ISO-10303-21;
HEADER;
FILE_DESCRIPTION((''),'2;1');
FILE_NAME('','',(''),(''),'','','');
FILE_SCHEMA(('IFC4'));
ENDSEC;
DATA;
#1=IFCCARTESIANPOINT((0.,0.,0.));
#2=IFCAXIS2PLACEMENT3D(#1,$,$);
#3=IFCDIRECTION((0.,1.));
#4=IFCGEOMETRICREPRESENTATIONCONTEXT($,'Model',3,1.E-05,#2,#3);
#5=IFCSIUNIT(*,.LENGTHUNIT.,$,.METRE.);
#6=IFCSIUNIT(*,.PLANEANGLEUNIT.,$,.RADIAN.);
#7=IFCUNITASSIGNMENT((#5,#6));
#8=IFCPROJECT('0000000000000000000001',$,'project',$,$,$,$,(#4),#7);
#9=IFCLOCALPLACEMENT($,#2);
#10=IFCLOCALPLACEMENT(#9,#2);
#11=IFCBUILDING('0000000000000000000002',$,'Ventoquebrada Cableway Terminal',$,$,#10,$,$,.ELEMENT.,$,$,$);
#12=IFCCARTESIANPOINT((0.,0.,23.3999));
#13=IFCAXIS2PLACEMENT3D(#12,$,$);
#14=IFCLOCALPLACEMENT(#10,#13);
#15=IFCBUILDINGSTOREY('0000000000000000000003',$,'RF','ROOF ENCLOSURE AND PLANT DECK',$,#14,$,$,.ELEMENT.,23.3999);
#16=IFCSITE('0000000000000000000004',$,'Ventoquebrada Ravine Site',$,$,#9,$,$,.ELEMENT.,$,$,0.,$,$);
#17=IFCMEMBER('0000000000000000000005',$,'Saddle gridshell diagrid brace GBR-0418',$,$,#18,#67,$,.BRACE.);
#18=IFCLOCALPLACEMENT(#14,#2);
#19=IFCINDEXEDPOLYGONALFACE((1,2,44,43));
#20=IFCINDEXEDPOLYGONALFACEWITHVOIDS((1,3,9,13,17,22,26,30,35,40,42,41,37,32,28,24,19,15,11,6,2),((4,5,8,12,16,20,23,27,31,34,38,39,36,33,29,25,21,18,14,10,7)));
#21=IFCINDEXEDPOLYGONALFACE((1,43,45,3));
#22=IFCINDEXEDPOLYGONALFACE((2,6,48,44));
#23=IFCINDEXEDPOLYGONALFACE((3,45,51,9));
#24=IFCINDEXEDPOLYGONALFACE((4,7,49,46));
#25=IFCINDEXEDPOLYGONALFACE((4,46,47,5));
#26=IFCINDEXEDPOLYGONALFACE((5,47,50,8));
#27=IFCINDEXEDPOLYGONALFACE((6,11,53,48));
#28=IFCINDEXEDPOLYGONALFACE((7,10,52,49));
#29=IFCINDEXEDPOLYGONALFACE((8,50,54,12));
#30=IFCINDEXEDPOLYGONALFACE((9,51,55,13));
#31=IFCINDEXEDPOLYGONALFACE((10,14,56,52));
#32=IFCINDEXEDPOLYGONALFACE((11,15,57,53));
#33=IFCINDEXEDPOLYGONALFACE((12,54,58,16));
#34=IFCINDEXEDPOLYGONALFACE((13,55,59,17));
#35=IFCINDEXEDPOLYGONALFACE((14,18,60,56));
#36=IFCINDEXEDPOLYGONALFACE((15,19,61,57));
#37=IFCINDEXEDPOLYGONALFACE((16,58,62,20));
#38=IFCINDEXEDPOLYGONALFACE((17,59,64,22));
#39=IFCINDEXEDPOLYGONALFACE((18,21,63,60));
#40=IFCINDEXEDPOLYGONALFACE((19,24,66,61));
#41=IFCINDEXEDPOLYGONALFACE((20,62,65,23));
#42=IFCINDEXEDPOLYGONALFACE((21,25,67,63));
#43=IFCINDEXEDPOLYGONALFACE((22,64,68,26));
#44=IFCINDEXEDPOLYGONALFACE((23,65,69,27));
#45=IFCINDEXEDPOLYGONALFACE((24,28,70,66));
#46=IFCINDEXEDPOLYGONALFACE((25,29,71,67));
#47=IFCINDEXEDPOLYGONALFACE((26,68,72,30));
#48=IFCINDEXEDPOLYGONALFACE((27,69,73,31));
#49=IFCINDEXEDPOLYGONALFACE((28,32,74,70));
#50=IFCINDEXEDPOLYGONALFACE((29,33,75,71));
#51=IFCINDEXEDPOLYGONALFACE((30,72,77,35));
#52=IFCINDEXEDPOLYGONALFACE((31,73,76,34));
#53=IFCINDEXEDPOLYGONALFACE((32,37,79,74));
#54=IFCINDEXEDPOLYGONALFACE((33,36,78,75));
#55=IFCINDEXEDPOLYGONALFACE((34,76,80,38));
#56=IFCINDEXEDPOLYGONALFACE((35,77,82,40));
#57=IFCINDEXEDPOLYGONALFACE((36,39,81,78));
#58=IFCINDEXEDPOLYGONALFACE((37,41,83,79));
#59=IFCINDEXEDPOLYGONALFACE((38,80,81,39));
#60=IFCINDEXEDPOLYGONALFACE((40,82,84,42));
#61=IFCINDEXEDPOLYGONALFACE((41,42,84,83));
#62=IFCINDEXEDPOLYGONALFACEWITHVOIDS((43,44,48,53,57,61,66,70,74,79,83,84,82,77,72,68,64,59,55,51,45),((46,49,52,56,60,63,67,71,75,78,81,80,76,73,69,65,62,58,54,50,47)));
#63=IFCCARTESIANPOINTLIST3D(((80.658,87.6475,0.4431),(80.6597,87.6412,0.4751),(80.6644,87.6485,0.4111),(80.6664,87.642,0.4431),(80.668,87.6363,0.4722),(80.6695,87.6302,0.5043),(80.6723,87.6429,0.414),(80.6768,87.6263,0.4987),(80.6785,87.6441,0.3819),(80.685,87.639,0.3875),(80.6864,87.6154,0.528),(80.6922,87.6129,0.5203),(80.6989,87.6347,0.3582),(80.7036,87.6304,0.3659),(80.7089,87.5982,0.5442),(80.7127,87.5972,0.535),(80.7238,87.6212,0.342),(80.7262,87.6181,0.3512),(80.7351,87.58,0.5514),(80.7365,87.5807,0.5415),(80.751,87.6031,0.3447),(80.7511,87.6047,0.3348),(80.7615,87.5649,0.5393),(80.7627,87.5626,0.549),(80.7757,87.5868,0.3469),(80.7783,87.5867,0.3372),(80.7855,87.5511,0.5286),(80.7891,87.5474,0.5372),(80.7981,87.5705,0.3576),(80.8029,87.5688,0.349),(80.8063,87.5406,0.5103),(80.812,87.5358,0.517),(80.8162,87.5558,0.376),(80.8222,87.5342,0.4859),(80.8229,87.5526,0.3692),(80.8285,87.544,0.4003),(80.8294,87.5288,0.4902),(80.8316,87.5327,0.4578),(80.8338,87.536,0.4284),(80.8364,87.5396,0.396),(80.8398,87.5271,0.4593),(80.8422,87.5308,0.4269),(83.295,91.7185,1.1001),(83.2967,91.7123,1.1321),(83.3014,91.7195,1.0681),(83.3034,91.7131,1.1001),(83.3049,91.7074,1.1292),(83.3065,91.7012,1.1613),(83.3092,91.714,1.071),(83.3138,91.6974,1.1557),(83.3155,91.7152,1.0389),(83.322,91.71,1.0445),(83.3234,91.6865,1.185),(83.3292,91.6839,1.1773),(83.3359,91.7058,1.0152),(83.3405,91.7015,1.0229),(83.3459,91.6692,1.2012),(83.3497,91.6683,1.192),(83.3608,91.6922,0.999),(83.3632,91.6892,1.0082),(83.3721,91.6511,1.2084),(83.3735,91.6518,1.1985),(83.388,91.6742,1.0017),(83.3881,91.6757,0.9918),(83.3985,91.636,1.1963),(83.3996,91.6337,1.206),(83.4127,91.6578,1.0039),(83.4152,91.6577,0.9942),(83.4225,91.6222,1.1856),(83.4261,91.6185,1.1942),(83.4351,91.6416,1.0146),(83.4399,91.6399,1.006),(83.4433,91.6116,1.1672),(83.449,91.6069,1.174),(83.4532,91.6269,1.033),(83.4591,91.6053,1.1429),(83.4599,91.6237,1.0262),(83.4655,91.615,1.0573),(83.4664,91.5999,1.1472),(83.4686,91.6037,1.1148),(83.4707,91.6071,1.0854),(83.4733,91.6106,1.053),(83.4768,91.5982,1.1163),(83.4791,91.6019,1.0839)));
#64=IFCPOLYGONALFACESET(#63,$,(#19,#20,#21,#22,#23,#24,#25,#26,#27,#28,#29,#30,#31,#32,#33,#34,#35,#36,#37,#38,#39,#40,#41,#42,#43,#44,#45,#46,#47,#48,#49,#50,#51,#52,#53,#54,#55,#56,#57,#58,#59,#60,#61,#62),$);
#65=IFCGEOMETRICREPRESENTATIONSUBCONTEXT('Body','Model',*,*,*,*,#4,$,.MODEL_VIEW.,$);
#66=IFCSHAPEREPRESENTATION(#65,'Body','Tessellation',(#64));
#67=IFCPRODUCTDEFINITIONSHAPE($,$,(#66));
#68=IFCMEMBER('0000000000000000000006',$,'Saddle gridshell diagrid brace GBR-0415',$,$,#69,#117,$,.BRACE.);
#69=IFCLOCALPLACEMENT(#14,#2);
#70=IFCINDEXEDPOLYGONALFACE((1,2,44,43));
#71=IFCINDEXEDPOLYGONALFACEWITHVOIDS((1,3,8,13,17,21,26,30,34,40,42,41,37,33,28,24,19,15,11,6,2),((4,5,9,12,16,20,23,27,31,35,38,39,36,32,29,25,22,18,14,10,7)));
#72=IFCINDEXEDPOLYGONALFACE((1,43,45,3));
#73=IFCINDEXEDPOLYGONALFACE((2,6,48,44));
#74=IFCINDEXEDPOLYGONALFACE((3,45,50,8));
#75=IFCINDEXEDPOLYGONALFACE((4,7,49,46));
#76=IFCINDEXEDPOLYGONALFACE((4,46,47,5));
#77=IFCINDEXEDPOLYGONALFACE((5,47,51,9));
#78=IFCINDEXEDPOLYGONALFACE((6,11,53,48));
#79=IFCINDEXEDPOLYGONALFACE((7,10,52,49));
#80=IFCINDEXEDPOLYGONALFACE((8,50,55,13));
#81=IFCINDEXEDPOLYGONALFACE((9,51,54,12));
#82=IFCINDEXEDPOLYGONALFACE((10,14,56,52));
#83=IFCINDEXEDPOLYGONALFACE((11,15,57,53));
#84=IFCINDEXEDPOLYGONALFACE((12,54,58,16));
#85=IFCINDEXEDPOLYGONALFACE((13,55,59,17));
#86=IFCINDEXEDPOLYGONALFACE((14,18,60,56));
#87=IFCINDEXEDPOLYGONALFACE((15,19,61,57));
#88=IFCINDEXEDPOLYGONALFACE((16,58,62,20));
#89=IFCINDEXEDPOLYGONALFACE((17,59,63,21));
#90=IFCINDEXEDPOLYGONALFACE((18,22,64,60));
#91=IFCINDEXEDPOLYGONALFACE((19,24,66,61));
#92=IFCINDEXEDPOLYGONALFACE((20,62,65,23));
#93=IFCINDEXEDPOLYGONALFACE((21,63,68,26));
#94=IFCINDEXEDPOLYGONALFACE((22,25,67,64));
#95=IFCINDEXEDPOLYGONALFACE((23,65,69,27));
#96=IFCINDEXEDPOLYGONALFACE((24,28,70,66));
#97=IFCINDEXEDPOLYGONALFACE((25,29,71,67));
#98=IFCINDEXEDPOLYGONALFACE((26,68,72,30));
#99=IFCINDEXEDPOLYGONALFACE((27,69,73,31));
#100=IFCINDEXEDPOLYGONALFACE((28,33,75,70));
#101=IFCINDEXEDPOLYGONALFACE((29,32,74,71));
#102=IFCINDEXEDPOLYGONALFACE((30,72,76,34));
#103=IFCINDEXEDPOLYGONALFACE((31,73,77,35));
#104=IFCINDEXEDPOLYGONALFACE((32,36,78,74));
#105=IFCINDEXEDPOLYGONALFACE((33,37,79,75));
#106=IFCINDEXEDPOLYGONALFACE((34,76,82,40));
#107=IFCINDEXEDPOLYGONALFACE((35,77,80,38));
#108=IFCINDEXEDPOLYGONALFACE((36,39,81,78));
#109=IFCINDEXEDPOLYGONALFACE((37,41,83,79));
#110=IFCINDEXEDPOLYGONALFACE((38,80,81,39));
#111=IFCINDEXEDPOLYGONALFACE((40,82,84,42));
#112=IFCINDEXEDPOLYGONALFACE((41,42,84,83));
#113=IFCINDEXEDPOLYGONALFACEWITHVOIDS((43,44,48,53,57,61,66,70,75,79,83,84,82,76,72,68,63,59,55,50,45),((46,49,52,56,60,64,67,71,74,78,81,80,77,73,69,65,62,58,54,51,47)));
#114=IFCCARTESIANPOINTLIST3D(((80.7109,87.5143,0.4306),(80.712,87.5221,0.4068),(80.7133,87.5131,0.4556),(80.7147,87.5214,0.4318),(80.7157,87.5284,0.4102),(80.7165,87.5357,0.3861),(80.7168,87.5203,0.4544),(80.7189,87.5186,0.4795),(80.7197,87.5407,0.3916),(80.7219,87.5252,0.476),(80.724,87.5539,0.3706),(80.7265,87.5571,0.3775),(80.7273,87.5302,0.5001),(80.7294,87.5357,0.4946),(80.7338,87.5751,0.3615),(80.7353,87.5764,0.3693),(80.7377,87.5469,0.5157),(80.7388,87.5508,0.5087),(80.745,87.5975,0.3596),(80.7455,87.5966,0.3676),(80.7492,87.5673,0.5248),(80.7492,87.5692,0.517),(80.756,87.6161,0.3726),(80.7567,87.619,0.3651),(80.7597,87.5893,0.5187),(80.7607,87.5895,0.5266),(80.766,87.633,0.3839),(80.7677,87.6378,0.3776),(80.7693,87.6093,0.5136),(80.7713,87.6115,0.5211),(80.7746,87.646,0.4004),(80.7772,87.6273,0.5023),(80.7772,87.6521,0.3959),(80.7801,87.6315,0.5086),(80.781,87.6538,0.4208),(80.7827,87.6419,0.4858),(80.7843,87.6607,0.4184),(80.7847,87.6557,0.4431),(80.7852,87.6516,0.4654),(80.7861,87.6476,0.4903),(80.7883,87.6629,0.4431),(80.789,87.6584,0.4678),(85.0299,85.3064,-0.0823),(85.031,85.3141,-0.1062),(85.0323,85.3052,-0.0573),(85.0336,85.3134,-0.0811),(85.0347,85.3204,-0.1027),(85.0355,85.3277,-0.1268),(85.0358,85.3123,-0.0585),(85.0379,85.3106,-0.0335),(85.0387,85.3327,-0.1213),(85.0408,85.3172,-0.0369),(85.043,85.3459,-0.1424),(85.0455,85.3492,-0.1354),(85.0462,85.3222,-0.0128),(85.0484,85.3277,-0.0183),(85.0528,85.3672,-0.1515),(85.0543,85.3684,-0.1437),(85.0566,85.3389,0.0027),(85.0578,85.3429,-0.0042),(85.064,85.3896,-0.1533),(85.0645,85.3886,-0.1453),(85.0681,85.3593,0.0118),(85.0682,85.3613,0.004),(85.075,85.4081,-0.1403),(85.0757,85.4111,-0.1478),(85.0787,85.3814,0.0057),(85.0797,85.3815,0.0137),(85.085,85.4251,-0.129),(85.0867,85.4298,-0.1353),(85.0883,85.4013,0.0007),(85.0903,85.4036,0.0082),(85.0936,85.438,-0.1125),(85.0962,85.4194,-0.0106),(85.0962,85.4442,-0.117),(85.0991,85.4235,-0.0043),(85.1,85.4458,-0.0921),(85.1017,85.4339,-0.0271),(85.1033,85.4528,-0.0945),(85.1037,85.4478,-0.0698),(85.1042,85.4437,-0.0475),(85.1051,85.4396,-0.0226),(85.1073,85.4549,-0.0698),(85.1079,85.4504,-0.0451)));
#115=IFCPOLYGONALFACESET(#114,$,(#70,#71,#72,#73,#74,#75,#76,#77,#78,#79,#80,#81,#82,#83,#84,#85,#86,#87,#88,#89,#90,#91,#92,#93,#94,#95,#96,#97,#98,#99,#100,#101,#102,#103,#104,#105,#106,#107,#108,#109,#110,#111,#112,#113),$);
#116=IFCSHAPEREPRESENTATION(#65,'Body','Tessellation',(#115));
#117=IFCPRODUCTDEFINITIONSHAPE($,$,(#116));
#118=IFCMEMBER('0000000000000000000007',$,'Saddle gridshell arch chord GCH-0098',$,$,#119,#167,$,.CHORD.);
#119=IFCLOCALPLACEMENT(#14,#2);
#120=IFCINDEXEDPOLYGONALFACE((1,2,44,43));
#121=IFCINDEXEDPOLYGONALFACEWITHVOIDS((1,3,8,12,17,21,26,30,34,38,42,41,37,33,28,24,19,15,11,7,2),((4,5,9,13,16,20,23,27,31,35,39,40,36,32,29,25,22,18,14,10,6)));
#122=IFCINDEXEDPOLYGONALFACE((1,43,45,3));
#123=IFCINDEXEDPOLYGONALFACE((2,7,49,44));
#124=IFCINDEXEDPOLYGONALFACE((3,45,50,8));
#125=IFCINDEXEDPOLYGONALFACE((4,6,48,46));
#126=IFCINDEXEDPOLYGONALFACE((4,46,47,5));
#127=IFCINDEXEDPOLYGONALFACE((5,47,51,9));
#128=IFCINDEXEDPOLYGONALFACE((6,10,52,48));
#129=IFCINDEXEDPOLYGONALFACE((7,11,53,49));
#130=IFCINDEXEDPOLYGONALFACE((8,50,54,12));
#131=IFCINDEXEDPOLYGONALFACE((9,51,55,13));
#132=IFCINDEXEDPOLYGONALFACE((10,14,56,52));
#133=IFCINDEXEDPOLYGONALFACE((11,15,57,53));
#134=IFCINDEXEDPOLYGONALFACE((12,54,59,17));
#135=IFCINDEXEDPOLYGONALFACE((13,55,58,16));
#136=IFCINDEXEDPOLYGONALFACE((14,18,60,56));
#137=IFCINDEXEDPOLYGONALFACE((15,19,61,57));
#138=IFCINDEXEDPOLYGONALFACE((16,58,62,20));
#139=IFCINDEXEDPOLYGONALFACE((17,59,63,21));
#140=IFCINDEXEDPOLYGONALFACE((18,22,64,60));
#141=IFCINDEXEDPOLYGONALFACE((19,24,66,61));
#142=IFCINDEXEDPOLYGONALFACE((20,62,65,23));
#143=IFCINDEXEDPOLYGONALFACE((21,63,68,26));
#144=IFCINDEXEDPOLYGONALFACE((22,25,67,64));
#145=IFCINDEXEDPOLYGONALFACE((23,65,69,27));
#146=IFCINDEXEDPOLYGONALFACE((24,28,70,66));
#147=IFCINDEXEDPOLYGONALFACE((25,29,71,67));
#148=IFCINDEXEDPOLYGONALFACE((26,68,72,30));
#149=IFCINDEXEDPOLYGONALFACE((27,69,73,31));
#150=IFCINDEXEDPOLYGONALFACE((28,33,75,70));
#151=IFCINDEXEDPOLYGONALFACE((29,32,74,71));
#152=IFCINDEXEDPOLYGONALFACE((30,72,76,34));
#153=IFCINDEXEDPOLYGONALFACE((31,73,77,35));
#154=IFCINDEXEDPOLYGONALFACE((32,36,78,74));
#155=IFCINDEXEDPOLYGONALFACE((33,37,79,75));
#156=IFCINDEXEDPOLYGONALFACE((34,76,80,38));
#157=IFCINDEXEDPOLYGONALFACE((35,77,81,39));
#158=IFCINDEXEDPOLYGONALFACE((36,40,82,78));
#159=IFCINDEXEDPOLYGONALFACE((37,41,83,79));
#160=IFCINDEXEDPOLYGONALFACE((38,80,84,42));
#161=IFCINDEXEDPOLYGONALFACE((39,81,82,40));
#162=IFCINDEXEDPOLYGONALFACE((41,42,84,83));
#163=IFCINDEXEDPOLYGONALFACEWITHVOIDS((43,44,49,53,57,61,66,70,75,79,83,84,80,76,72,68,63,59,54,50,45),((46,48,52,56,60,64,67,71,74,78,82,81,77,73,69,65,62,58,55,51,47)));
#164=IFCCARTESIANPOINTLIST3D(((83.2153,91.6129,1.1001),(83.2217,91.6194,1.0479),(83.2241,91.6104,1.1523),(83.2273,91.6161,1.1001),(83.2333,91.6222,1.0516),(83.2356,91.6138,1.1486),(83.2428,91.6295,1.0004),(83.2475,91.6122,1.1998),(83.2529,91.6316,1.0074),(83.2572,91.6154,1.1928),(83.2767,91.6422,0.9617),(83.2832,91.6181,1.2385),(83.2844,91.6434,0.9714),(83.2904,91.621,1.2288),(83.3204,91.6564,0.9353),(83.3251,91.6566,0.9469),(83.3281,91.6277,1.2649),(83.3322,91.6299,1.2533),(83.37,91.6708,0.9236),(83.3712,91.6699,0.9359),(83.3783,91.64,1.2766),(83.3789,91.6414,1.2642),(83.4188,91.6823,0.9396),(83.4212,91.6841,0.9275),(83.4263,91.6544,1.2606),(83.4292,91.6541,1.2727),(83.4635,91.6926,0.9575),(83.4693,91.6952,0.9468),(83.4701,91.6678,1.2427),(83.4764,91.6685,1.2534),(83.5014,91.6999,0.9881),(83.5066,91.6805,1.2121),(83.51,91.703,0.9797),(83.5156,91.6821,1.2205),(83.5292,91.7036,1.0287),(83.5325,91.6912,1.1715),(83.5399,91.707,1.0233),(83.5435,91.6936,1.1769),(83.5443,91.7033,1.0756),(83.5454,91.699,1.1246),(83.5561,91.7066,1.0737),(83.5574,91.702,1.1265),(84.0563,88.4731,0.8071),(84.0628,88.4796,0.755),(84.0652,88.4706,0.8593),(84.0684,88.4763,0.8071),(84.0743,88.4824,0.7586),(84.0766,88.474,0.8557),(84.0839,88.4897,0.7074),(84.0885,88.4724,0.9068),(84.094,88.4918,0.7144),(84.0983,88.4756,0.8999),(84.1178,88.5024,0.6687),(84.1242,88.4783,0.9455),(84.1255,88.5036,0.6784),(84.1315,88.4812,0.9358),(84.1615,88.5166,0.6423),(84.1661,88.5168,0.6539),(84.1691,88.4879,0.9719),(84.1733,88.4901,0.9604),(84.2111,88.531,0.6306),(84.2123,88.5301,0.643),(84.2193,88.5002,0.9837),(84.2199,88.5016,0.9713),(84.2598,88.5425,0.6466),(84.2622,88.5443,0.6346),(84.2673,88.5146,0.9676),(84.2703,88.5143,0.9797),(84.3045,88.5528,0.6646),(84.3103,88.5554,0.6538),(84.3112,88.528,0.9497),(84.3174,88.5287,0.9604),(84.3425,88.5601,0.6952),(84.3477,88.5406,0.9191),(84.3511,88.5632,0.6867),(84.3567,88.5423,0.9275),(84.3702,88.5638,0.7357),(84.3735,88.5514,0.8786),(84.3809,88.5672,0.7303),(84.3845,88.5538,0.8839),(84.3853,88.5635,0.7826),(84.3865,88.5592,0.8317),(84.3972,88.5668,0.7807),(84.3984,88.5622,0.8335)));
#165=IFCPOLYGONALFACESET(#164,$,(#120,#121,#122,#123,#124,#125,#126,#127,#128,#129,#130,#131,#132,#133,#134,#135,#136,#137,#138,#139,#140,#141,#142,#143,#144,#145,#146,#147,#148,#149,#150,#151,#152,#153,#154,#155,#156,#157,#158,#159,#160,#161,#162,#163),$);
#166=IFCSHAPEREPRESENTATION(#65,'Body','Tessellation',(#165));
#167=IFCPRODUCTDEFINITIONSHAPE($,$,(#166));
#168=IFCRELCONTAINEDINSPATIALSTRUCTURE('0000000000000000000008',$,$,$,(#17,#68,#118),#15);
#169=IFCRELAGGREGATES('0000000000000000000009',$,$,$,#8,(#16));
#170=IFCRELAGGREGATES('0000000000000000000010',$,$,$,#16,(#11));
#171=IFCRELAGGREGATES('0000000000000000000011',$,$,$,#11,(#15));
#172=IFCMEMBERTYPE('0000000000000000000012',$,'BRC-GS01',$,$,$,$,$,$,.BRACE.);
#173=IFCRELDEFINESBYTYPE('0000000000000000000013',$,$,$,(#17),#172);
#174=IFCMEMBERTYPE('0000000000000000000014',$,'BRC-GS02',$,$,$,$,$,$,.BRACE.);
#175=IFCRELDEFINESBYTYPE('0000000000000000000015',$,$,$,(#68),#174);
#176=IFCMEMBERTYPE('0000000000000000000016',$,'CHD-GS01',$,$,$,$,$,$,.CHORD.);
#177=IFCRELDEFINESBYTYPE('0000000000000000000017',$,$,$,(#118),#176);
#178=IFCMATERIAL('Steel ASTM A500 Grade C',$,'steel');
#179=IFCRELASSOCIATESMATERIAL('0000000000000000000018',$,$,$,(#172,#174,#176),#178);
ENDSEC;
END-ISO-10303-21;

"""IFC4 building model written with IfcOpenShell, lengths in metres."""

from ifc_helpers import new_model, si_unit, direction, frame, origin, origin_2d, place, context, subcontext, project, spatial, hollow_circle, extrude, material, material_profile, profile_set, type_object, element, save


model = new_model("IFC4")

# Units and contexts
model_context = context("Model", 3, precision=1e-05, world=origin(), true_north=direction((0.0, 1.0)))
body_context = subcontext(model_context, "Body", "Model", "MODEL_VIEW")
ifc_project = project(units=[si_unit("LENGTHUNIT", "METRE"), si_unit("PLANEANGLEUNIT", "RADIAN")], contexts=[model_context])

# Site, building, storey
site_placement = place(None, origin())
site = spatial("IfcSite", under=ifc_project, at=site_placement, Name="Ventoquebrada Ravine Site", CompositionType="ELEMENT", RefElevation=0.0)
building_placement = place(site_placement, origin())
building = spatial("IfcBuilding", under=site, at=building_placement, Name="Ventoquebrada Cableway Terminal", CompositionType="ELEMENT")
storey_placement = place(building_placement, frame((0.0, 0.0, 23.3999)))
storey = spatial("IfcBuildingStorey", under=building, at=storey_placement, Name="RF", Description="ROOF ENCLOSURE AND PLANT DECK", CompositionType="ELEMENT", Elevation=23.3999)

# Members
ifc_material_1 = material(Name="Steel ASTM A500 Grade C", Category="steel")
ifc_material_profile_1 = material_profile(ifc_material_1, hollow_circle(Radius=0.1096, WallThickness=0.01, at=origin_2d()), Name="CHS219.1X10")
ifc_profile_set_1 = profile_set([ifc_material_profile_1], Name="Steel ASTM A500 Grade C")
member_type_1 = type_object("IfcMemberType", Name="BRC-GS01", PredefinedType="BRACE", material=ifc_profile_set_1)
member_1_placement = place(storey_placement, frame((80.75, 87.5879, 0.4431), z_axis=(0.538733, 0.831716, 0.134222), x_axis=(-0.839311, 0.543652, 0.0)))
element("IfcMember", 1, at=member_1_placement, inside=storey, type_object=member_type_1, Name="Saddle gridshell diagrid brace GBR-0418", PredefinedType="BRACE", context=body_context, shape_type="SweptSolid", body=[
    extrude(hollow_circle(Radius=0.1096, WallThickness=0.01, at=origin_2d()), origin(), (0.0, 0.0, 1.0), 4.8948),
])
ifc_material_profile_2 = material_profile(ifc_material_1, hollow_circle(Radius=0.0842, WallThickness=0.0081, at=origin_2d()), Name="CHS168.3X8")
ifc_profile_set_2 = profile_set([ifc_material_profile_2], Name="Steel ASTM A500 Grade C")
member_type_2 = type_object("IfcMemberType", Name="BRC-GS02", PredefinedType="BRACE", material=ifc_profile_set_2)
member_2_placement = place(storey_placement, frame((80.75, 87.5879, 0.4431), z_axis=(0.885458, -0.452664, -0.105158), x_axis=(0.455188, 0.890395, 0.0)))
element("IfcMember", 2, at=member_2_placement, inside=storey, type_object=member_type_2, Name="Saddle gridshell diagrid brace GBR-0415", PredefinedType="BRACE", context=body_context, shape_type="SweptSolid", body=[
    extrude(hollow_circle(Radius=0.0842, WallThickness=0.0081, at=origin_2d()), origin(), (0.0, 0.0, 1.0), 4.8777),
])
ifc_material_profile_3 = material_profile(ifc_material_1, hollow_circle(Radius=0.1777, WallThickness=0.0125, at=origin_2d()), Name="CHS355.6X12.5")
ifc_profile_set_3 = profile_set([ifc_material_profile_3], Name="Steel ASTM A500 Grade C")
member_type_3 = type_object("IfcMemberType", Name="CHD-GS01", PredefinedType="CHORD", material=ifc_profile_set_3)
member_3_placement = place(storey_placement, frame((84.228, 88.519, 0.8071), z_axis=(-0.257698, 0.962047, 0.089764), x_axis=(-0.965946, -0.258742, 0.0)))
element("IfcMember", 3, at=member_3_placement, inside=storey, type_object=member_type_3, Name="Saddle gridshell arch chord GCH-0098", PredefinedType="CHORD", context=body_context, shape_type="SweptSolid", body=[
    extrude(hollow_circle(Radius=0.1777, WallThickness=0.0125, at=origin_2d()), origin(), (0.0, 0.0, 1.0), 3.2637),
])

save(model, "model.ifc")
